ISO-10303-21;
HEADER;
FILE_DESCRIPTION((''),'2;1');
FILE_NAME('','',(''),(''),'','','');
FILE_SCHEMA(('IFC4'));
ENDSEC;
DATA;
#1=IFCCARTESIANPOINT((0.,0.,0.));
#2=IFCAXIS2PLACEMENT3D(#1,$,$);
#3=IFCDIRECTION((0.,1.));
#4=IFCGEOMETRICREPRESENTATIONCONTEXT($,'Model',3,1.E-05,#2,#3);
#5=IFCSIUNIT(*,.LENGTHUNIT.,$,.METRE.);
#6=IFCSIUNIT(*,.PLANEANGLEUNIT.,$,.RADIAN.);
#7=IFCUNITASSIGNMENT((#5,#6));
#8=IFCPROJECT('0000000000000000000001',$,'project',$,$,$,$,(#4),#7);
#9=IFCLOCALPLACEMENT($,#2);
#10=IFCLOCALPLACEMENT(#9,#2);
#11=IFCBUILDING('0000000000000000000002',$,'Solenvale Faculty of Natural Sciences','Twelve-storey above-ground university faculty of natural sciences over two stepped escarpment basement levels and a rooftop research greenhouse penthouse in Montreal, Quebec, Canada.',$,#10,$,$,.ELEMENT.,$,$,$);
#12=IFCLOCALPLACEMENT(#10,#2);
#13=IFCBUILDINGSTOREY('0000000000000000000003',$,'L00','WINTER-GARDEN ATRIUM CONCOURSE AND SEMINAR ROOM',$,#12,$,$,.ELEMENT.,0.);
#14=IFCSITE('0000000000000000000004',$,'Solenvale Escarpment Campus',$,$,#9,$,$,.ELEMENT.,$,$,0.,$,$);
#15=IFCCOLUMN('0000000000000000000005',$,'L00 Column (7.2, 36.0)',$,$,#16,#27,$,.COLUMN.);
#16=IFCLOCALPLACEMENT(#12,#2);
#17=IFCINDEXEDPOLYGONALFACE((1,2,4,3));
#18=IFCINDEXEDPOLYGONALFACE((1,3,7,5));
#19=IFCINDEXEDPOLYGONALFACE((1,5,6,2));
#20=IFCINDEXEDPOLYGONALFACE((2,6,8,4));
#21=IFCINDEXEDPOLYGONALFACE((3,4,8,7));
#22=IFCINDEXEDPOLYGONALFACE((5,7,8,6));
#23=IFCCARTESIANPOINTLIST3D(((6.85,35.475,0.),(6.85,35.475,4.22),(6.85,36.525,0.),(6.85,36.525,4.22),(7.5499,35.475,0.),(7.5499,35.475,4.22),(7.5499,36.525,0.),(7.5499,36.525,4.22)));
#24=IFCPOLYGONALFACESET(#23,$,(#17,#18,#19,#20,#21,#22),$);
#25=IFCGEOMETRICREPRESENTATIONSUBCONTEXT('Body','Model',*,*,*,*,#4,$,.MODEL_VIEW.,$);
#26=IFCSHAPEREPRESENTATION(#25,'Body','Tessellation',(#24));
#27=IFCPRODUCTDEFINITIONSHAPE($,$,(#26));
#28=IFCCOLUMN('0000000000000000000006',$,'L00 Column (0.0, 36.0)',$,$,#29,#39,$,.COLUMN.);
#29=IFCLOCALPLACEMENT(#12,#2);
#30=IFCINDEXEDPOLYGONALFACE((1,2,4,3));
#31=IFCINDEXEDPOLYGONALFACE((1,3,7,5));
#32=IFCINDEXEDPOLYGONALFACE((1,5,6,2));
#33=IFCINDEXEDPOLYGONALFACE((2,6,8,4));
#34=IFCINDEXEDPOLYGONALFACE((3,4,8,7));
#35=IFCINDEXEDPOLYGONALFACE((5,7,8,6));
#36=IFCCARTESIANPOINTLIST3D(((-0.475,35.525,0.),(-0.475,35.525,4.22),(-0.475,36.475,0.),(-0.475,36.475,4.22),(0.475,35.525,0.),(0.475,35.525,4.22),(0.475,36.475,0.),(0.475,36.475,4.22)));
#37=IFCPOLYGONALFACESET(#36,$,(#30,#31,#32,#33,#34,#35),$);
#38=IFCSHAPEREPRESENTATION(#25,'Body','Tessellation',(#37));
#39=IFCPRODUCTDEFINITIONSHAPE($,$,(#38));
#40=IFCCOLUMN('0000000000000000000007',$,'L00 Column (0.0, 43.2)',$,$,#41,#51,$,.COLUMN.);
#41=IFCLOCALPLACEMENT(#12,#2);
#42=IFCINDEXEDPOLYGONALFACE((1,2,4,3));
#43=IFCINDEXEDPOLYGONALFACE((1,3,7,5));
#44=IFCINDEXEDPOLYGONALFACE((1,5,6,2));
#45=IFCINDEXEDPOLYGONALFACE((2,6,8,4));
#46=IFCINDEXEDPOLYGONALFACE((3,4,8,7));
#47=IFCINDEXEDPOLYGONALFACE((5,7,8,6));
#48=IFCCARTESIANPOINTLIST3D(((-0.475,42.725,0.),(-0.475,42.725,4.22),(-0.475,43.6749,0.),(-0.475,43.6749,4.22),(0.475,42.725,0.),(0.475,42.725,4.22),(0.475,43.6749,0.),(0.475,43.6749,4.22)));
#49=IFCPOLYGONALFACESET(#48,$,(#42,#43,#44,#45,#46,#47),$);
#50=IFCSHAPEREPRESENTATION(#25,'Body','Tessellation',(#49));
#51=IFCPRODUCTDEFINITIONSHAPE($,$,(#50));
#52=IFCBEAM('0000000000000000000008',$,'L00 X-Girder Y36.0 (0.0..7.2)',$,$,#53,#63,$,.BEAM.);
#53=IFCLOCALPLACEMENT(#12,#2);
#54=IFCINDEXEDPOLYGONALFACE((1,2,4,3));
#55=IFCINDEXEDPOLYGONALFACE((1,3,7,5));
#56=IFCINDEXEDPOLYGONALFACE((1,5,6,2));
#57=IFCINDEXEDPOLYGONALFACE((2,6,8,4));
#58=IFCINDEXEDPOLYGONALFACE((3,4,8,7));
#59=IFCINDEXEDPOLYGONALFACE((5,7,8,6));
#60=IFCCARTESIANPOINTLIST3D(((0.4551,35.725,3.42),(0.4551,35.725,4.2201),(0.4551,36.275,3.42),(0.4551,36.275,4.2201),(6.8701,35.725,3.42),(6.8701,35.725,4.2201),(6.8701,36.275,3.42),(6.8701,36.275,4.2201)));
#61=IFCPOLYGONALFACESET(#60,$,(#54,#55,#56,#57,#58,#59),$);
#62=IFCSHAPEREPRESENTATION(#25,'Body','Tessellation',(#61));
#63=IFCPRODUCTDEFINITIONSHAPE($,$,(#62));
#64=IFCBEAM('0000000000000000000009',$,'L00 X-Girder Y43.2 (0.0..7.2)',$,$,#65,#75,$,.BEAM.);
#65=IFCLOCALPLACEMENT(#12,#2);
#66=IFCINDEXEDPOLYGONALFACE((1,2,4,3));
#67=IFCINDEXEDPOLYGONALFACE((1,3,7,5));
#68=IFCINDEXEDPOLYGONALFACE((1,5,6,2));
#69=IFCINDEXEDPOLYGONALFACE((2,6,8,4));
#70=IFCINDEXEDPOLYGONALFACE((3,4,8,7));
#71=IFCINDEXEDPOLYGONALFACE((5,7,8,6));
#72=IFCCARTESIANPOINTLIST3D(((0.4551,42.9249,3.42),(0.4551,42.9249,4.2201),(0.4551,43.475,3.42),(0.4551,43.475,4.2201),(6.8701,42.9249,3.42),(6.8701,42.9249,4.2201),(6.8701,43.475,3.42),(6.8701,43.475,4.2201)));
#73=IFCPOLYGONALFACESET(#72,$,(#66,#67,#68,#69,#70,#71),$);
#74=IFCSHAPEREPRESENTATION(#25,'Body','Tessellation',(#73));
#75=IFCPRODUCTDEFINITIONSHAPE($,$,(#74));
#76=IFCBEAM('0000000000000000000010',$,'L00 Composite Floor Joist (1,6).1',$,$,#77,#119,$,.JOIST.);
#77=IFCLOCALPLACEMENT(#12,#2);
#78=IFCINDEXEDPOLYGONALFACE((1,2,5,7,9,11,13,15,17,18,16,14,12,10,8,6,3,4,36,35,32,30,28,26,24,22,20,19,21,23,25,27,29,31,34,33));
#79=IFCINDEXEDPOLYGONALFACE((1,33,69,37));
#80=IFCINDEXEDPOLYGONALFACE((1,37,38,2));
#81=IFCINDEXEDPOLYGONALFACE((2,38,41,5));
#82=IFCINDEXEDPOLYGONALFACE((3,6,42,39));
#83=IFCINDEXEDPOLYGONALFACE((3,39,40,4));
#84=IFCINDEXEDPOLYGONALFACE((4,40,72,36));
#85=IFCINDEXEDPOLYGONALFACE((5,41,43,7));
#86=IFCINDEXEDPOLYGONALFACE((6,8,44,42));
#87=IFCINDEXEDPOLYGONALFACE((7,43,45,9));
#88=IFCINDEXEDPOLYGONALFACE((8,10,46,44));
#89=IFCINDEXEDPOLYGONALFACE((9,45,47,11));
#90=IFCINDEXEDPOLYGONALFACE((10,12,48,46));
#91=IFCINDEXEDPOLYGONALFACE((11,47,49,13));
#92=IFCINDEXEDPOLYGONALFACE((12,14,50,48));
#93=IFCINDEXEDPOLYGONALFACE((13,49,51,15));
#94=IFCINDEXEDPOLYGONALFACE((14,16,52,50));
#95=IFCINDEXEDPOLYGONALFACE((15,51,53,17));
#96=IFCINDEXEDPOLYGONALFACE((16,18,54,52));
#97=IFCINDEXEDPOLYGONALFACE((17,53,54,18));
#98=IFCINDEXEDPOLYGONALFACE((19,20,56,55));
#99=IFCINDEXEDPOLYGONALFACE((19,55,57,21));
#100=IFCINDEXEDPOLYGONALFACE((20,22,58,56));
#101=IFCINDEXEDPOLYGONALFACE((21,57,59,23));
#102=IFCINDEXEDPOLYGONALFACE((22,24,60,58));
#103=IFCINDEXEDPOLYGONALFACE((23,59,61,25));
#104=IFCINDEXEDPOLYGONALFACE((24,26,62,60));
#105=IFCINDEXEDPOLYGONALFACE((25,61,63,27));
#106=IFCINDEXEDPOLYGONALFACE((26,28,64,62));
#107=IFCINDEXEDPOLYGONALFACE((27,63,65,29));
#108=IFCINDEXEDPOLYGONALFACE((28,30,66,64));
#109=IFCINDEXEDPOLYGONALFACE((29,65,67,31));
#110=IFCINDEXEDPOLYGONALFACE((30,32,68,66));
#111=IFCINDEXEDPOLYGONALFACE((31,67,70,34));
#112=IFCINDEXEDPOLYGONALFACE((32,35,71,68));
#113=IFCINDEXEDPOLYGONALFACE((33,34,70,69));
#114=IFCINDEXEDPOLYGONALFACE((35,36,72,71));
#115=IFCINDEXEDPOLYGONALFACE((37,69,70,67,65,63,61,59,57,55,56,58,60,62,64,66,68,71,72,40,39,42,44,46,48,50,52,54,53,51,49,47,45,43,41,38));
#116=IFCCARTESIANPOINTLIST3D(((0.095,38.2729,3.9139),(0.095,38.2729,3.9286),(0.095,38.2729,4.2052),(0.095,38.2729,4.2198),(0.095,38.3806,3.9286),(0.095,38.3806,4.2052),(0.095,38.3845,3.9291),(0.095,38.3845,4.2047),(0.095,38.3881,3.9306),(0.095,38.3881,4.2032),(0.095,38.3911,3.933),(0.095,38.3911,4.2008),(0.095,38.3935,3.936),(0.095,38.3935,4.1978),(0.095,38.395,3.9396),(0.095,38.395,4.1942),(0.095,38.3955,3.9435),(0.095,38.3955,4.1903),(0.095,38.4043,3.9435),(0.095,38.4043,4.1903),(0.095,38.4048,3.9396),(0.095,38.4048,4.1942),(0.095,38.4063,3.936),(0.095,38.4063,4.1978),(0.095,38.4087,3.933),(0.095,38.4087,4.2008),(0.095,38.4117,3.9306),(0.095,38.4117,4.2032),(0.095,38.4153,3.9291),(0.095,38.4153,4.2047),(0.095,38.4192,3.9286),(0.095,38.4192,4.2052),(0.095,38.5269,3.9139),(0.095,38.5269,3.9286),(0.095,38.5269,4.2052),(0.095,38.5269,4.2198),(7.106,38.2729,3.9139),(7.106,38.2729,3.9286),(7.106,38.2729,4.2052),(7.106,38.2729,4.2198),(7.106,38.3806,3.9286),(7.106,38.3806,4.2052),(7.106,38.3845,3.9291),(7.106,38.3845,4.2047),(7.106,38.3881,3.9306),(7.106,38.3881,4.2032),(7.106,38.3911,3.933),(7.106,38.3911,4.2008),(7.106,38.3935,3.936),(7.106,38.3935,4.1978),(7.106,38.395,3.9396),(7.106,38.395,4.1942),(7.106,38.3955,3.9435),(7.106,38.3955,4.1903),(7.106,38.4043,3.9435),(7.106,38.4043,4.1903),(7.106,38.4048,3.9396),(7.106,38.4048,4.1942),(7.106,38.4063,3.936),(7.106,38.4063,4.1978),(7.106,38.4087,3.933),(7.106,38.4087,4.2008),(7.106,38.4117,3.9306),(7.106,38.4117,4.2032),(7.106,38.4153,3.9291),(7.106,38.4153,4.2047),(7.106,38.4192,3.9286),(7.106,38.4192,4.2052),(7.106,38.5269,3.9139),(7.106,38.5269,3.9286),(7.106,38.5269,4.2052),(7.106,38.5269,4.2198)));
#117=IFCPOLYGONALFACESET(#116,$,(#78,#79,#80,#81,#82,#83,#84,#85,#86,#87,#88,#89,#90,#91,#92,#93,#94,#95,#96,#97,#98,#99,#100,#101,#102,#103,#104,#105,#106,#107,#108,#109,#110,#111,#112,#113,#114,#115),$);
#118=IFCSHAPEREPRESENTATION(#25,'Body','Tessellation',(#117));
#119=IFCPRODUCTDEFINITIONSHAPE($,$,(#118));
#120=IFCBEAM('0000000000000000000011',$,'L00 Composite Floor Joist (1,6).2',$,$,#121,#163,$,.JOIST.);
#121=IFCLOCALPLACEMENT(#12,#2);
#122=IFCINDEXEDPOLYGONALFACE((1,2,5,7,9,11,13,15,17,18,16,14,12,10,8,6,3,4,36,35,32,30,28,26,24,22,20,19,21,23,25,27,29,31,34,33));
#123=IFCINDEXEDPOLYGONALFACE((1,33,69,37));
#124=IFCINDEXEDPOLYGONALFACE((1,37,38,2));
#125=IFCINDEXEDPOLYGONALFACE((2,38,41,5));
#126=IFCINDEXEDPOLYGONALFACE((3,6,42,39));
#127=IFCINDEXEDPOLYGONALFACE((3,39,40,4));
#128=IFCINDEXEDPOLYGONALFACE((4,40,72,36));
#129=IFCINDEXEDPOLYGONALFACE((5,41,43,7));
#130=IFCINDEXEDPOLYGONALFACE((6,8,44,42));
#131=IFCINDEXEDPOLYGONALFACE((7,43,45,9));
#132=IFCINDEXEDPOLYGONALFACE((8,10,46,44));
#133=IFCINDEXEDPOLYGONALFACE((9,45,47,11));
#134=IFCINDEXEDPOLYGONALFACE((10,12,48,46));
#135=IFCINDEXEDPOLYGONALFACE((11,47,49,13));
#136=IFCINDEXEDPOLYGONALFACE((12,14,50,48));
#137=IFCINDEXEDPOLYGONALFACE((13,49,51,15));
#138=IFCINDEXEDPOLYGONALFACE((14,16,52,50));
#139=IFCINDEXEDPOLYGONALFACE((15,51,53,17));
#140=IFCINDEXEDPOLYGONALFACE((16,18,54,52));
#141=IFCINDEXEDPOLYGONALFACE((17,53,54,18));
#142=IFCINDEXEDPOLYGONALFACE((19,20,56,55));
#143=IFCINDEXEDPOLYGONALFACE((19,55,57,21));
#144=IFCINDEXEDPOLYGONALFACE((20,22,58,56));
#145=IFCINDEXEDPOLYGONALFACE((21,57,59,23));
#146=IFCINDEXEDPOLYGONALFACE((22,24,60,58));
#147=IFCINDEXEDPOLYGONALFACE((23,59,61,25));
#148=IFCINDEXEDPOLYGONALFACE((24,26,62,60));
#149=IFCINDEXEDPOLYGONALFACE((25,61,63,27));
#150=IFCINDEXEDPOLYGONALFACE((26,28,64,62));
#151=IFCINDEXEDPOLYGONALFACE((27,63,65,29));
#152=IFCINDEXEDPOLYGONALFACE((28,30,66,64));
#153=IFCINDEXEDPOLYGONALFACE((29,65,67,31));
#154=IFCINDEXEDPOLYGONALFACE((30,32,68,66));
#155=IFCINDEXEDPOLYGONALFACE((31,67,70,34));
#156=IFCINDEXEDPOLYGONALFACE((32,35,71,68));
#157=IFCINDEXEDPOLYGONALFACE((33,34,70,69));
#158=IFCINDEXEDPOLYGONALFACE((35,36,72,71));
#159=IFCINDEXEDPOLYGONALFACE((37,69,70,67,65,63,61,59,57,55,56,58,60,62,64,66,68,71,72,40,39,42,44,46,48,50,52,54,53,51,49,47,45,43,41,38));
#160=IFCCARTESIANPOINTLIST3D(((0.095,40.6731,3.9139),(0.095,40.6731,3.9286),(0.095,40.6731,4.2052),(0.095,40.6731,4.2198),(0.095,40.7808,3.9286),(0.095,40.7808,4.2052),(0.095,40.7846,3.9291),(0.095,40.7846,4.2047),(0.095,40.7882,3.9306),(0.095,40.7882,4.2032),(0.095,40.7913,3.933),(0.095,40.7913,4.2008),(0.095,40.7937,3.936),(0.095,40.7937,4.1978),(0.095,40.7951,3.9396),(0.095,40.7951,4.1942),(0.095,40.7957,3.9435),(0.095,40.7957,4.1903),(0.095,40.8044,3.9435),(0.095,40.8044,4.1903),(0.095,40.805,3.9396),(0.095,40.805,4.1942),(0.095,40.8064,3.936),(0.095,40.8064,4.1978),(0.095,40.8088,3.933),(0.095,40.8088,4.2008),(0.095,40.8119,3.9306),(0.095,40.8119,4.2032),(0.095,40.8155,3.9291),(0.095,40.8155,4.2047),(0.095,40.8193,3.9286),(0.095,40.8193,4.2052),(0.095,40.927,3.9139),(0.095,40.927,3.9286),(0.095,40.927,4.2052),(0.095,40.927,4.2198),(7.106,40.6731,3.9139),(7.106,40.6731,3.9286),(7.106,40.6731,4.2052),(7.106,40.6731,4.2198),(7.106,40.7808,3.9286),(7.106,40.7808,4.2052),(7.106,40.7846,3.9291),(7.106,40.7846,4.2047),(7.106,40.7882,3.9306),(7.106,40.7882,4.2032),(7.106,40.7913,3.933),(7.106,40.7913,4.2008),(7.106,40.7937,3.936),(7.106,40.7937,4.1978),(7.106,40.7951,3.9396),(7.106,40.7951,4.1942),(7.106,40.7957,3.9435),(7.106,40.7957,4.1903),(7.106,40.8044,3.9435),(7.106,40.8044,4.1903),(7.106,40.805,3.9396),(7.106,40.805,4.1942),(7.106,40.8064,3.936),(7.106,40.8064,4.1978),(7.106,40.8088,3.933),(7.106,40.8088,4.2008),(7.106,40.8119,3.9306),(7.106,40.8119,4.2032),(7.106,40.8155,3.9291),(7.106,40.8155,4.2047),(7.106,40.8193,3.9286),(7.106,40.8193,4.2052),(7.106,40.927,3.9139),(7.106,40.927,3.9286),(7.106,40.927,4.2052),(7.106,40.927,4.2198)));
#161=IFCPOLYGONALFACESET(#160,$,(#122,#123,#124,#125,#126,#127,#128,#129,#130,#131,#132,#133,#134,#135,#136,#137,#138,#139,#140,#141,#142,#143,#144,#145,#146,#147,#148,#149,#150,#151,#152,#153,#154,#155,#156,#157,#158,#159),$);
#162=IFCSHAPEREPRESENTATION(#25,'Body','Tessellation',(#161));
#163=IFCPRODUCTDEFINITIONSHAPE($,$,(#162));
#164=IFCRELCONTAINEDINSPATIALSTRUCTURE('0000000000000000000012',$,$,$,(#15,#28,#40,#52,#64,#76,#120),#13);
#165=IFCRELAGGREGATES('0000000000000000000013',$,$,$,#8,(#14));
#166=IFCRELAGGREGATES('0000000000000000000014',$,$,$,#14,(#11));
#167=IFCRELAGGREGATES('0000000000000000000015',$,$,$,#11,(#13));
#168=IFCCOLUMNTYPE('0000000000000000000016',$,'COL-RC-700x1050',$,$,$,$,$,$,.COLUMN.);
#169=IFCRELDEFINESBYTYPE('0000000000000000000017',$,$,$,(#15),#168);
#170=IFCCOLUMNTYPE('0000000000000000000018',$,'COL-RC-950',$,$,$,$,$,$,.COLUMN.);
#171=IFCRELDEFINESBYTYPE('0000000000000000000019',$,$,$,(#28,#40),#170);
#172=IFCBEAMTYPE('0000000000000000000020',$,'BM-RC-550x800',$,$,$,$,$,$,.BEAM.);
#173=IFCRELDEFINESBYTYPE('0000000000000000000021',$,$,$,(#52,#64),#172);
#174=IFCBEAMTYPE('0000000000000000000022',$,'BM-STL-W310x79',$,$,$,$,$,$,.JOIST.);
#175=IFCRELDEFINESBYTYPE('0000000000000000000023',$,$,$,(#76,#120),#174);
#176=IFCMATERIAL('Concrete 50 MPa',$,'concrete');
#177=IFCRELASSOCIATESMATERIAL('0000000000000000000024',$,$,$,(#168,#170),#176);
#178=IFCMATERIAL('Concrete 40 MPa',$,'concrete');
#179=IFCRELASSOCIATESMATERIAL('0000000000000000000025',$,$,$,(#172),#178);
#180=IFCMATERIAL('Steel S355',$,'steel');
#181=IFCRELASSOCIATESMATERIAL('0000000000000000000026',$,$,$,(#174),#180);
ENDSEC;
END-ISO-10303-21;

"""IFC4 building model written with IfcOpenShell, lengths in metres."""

from ifc_helpers import new_model, si_unit, direction, frame, origin, origin_2d, place, context, subcontext, project, spatial, rectangle, i_section, extrude, material, material_profile, profile_set, type_object, element, save


model = new_model("IFC4")

# Units and contexts
model_context = context("Model", 3, precision=1e-05, world=origin(), true_north=direction((0.0, 1.0)))
body_context = subcontext(model_context, "Body", "Model", "MODEL_VIEW")
ifc_project = project(units=[si_unit("LENGTHUNIT", "METRE"), si_unit("PLANEANGLEUNIT", "RADIAN")], contexts=[model_context])

# Site, building, storey
site_placement = place(None, origin())
site = spatial("IfcSite", under=ifc_project, at=site_placement, Name="Solenvale Escarpment Campus", CompositionType="ELEMENT", RefElevation=0.0)
building_placement = place(site_placement, origin())
building = spatial("IfcBuilding", under=site, at=building_placement, Name="Solenvale Faculty of Natural Sciences", Description="Twelve-storey above-ground university faculty of natural sciences over two stepped escarpment basement levels and a rooftop research greenhouse penthouse in Montreal, Quebec, Canada.", CompositionType="ELEMENT")
storey_placement = place(building_placement, origin())
storey = spatial("IfcBuildingStorey", under=building, at=storey_placement, Name="L00", Description="WINTER-GARDEN ATRIUM CONCOURSE AND SEMINAR ROOM", CompositionType="ELEMENT", Elevation=0.0)

# Columns
ifc_material_1 = material(Name="Concrete 50 MPa", Category="concrete")
ifc_material_profile_1 = material_profile(ifc_material_1, rectangle(XDim=0.7, YDim=1.05, at=origin_2d()), Name="RC-COL-700x1050")
ifc_profile_set_1 = profile_set([ifc_material_profile_1], Name="Concrete 50 MPa")
column_type_1 = type_object("IfcColumnType", Name="COL-RC-700x1050", PredefinedType="COLUMN", material=ifc_profile_set_1)
column_placement = place(storey_placement, frame((7.2, 36.0, 0.0), z_axis=(0.0, 0.0, 1.0), x_axis=(1.0, 0.0, 0.0)))
element("IfcColumn", 1, at=column_placement, inside=storey, type_object=column_type_1, Name="L00 Column (7.2, 36.0)", PredefinedType="COLUMN", context=body_context, shape_type="SweptSolid", body=[
    extrude(rectangle(XDim=0.7, YDim=1.05, at=origin_2d()), origin(), (0.0, 0.0, 1.0), 4.22),
])
ifc_material_profile_2 = material_profile(ifc_material_1, rectangle(XDim=0.95, YDim=0.95, at=origin_2d()), Name="RC-COL-950x950")
ifc_profile_set_2 = profile_set([ifc_material_profile_2], Name="Concrete 50 MPa")
column_type_2 = type_object("IfcColumnType", Name="COL-RC-950", PredefinedType="COLUMN", material=ifc_profile_set_2)
for number, where, z_axis, x_axis, name in (
    (2, (0.0, 36.0, 0.0), (0.0, 0.0, 1.0), (1.0, 0.0, 0.0), "L00 Column (0.0, 36.0)"),
    (3, (0.0, 43.2, 0.0), (0.0, 0.0, 1.0), (1.0, 0.0, 0.0), "L00 Column (0.0, 43.2)"),
):
    element("IfcColumn", number, at=place(storey_placement, frame(where, z_axis=z_axis, x_axis=x_axis)), inside=storey, type_object=column_type_2, Name=name, PredefinedType="COLUMN", context=body_context, shape_type="SweptSolid", body=[
        extrude(rectangle(XDim=0.95, YDim=0.95, at=origin_2d()), origin(), (0.0, 0.0, 1.0), 4.22),
    ])

# Beams
ifc_material_2 = material(Name="Concrete 40 MPa", Category="concrete")
ifc_material_profile_3 = material_profile(ifc_material_2, rectangle(XDim=0.55, YDim=0.8, at=origin_2d()), Name="RC-BM-550x800")
ifc_profile_set_3 = profile_set([ifc_material_profile_3], Name="Concrete 40 MPa")
beam_type_1 = type_object("IfcBeamType", Name="BM-RC-550x800", PredefinedType="BEAM", material=ifc_profile_set_3)
for number, where, z_axis, x_axis, name in (
    (4, (0.4551, 36.0, 3.8201), (1.0, 0.0, 0.0), (0.0, 1.0, 0.0), "L00 X-Girder Y36.0 (0.0..7.2)"),
    (5, (0.4551, 43.2, 3.8201), (1.0, 0.0, 0.0), (0.0, 1.0, 0.0), "L00 X-Girder Y43.2 (0.0..7.2)"),
):
    element("IfcBeam", number, at=place(storey_placement, frame(where, z_axis=z_axis, x_axis=x_axis)), inside=storey, type_object=beam_type_1, Name=name, PredefinedType="BEAM", context=body_context, shape_type="SweptSolid", body=[
        extrude(rectangle(XDim=0.55, YDim=0.8, at=origin_2d()), origin(), (0.0, 0.0, 1.0), 6.415),
    ])
ifc_material_3 = material(Name="Steel S355", Category="steel")
ifc_material_profile_4 = material_profile(ifc_material_3, i_section(OverallWidth=0.2539, OverallDepth=0.3059, WebThickness=0.0088, FlangeThickness=0.0146, FilletRadius=0.0149, at=origin_2d()), Name="W310x79")
ifc_profile_set_4 = profile_set([ifc_material_profile_4], Name="Steel S355")
beam_type_2 = type_object("IfcBeamType", Name="BM-STL-W310x79", PredefinedType="JOIST", material=ifc_profile_set_4)
for number, where, z_axis, x_axis, name in (
    (6, (0.095, 38.3999, 4.0669), (1.0, 0.0, 0.0), (0.0, 1.0, 0.0), "L00 Composite Floor Joist (1,6).1"),
    (7, (0.095, 40.8, 4.0669), (1.0, 0.0, 0.0), (0.0, 1.0, 0.0), "L00 Composite Floor Joist (1,6).2"),
):
    element("IfcBeam", number, at=place(storey_placement, frame(where, z_axis=z_axis, x_axis=x_axis)), inside=storey, type_object=beam_type_2, Name=name, PredefinedType="JOIST", context=body_context, shape_type="SweptSolid", body=[
        extrude(i_section(OverallWidth=0.2539, OverallDepth=0.3059, WebThickness=0.0088, FlangeThickness=0.0146, FilletRadius=0.0149, at=origin_2d()), origin(), (0.0, 0.0, 1.0), 7.011),
    ])

save(model, "model.ifc")
